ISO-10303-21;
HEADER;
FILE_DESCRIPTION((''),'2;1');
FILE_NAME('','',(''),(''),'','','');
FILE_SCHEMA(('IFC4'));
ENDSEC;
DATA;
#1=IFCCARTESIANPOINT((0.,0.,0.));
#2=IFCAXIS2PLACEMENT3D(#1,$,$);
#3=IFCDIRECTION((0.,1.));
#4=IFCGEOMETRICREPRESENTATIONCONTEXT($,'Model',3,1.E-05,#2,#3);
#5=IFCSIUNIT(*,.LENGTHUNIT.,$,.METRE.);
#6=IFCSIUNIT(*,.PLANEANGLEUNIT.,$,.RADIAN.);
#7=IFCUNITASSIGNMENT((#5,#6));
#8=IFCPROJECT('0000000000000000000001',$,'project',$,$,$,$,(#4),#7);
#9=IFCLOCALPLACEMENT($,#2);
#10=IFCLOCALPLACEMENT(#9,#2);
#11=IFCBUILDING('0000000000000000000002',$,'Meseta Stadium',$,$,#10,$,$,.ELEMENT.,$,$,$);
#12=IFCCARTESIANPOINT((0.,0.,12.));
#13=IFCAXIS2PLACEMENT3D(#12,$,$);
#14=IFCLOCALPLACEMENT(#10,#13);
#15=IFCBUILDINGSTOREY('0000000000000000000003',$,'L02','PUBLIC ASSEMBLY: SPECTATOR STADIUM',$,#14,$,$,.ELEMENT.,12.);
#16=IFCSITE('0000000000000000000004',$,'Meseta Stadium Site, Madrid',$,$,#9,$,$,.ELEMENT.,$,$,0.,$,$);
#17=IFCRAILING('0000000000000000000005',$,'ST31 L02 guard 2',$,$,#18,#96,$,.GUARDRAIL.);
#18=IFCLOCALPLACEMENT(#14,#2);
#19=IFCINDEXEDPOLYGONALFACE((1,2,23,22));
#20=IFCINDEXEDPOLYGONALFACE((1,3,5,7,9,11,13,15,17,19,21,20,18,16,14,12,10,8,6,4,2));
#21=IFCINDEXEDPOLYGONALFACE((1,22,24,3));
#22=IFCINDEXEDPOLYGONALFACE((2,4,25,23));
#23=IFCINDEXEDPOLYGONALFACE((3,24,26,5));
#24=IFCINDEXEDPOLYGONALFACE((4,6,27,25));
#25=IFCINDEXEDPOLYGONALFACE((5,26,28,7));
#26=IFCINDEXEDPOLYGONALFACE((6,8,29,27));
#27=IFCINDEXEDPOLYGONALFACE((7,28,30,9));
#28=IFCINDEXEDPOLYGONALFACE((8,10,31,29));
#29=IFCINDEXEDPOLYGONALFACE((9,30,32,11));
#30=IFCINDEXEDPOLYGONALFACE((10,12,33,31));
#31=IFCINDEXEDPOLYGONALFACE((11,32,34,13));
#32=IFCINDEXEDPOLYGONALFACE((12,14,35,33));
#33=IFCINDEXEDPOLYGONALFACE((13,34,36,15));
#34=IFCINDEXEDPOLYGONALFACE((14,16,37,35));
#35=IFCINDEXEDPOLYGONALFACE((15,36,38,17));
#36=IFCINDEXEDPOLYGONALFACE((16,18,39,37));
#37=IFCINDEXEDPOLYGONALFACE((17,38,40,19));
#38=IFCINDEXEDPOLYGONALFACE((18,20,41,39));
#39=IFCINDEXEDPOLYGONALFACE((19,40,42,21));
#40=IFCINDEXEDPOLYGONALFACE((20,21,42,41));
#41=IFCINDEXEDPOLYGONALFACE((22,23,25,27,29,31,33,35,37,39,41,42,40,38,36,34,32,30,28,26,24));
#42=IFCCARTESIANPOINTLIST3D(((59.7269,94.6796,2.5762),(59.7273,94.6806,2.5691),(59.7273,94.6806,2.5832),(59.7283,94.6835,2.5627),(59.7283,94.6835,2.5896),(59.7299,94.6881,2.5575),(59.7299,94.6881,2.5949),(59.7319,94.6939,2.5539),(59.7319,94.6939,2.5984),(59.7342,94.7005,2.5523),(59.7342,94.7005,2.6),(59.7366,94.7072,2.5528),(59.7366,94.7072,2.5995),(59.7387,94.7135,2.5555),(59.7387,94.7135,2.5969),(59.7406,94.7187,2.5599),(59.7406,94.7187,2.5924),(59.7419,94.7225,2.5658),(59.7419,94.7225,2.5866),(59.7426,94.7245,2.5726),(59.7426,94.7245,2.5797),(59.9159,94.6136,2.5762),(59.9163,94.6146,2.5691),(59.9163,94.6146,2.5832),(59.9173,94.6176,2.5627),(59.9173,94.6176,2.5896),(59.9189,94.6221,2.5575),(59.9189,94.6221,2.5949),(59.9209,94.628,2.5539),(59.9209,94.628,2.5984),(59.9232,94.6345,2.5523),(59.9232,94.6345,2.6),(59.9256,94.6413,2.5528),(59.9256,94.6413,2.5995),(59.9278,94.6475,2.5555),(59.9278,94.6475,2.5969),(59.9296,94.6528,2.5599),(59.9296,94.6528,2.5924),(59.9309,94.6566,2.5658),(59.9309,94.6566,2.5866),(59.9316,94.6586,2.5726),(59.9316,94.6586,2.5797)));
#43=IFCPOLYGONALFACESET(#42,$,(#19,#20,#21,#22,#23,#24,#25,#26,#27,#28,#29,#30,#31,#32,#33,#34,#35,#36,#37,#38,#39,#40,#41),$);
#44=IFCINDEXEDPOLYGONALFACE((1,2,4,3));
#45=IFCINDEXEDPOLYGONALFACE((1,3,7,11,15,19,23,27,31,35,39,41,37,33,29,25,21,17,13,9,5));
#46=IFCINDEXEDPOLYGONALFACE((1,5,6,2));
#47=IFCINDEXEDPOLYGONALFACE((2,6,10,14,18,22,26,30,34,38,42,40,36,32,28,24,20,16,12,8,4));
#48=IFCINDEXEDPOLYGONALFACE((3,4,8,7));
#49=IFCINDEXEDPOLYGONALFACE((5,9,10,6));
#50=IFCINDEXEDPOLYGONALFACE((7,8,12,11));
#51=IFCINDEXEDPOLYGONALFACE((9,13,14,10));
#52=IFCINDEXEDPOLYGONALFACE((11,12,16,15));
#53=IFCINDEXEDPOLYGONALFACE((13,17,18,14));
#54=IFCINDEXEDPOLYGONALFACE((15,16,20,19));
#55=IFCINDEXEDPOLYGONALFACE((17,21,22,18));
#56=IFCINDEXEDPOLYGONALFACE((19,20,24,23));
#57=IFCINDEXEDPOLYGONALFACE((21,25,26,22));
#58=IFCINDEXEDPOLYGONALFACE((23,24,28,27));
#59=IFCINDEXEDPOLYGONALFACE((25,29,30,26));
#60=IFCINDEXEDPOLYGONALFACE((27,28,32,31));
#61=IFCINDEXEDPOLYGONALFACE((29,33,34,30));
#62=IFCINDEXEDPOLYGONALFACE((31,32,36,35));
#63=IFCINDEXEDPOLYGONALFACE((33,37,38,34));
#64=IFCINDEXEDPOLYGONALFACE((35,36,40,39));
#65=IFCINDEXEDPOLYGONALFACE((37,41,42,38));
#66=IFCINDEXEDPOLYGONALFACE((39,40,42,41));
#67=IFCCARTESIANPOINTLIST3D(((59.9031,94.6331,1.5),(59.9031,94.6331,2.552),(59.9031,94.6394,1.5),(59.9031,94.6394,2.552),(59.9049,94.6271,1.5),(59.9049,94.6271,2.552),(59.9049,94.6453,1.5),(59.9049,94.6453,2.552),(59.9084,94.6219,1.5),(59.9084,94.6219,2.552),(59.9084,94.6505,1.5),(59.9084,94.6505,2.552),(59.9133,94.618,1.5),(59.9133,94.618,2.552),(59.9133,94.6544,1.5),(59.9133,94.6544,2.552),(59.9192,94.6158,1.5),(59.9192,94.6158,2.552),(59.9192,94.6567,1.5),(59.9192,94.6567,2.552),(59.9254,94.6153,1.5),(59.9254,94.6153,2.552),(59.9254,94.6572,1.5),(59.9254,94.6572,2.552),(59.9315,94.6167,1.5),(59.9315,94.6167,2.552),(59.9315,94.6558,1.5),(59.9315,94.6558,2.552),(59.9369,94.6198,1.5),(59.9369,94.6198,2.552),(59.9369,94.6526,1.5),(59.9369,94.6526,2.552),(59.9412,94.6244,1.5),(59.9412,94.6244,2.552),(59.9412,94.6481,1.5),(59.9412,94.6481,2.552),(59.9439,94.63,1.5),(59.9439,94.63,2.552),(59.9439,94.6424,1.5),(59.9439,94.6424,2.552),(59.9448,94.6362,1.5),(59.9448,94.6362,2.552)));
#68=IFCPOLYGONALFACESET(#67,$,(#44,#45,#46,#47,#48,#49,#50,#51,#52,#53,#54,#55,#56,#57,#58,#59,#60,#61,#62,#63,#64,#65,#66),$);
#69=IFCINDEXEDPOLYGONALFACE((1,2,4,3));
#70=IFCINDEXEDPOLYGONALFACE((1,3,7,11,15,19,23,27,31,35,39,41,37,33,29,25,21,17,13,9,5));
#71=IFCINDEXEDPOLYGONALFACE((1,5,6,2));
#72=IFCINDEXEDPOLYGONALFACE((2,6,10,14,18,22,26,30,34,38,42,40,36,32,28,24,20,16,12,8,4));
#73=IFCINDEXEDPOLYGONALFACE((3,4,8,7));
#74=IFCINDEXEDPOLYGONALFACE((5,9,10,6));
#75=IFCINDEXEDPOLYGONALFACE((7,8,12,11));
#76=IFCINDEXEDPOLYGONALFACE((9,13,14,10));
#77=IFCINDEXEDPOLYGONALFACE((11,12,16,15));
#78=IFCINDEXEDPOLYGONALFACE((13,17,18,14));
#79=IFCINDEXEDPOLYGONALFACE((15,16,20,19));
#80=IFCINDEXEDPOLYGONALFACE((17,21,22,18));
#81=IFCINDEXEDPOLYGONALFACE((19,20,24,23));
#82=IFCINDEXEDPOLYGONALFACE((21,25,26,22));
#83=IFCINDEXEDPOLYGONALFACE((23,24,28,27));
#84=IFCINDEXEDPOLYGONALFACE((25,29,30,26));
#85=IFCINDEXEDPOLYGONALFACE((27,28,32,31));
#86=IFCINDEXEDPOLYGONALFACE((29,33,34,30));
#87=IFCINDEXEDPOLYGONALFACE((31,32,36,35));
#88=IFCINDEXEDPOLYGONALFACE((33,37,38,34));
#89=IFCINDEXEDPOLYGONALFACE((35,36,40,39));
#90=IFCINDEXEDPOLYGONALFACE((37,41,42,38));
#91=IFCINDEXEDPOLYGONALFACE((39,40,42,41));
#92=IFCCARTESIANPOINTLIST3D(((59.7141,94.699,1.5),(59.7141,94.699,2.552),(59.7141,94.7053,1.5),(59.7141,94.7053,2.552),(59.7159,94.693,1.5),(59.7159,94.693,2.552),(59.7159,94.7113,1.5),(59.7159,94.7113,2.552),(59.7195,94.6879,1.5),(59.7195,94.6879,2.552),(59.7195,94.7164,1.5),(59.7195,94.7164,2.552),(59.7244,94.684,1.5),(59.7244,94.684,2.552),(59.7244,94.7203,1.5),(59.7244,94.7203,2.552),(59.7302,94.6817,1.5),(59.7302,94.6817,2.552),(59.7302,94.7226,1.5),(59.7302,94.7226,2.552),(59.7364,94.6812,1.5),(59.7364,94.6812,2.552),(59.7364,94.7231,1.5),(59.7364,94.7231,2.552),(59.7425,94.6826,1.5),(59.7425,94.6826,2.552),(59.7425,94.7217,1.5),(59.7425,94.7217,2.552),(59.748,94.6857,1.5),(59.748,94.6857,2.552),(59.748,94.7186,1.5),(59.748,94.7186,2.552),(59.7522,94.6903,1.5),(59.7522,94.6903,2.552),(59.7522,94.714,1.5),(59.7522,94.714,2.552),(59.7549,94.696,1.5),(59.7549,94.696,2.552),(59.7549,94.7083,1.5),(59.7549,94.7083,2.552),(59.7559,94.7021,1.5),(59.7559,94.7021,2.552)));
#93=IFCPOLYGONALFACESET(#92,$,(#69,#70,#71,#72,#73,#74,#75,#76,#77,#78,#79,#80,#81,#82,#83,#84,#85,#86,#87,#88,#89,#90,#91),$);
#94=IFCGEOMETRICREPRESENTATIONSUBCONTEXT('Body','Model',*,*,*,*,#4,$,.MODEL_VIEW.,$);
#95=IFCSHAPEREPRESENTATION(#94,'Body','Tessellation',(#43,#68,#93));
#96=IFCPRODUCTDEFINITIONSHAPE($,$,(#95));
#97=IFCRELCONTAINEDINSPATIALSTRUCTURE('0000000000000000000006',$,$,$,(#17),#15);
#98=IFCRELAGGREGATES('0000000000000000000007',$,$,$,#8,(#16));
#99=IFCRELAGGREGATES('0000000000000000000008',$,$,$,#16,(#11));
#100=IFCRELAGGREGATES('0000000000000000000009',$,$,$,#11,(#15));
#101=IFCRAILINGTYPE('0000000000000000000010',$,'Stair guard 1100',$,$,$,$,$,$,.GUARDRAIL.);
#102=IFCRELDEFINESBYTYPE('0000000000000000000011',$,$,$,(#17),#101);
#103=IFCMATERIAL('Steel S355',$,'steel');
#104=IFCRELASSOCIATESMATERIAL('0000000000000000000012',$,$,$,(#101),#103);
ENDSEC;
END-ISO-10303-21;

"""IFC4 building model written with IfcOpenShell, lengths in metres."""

from ifc_helpers import new_model, si_unit, direction, frame, origin, origin_2d, place, context, subcontext, project, spatial, circle, extrude, material, type_object, element, save


model = new_model("IFC4")

# Units and contexts
model_context = context("Model", 3, precision=1e-05, world=origin(), true_north=direction((0.0, 1.0)))
body_context = subcontext(model_context, "Body", "Model", "MODEL_VIEW")
ifc_project = project(units=[si_unit("LENGTHUNIT", "METRE"), si_unit("PLANEANGLEUNIT", "RADIAN")], contexts=[model_context])

# Site, building, storey
site_placement = place(None, origin())
site = spatial("IfcSite", under=ifc_project, at=site_placement, Name="Meseta Stadium Site, Madrid", CompositionType="ELEMENT", RefElevation=0.0)
building_placement = place(site_placement, origin())
building = spatial("IfcBuilding", under=site, at=building_placement, Name="Meseta Stadium", CompositionType="ELEMENT")
storey_placement = place(building_placement, frame((0.0, 0.0, 12.0)))
storey = spatial("IfcBuildingStorey", under=building, at=storey_placement, Name="L02", Description="PUBLIC ASSEMBLY: SPECTATOR STADIUM", CompositionType="ELEMENT", Elevation=12.0)

# Railing
ifc_material_1 = material(Name="Steel S355", Category="steel")
railing_type_1 = type_object("IfcRailingType", Name="Stair guard 1100", PredefinedType="GUARDRAIL", material=ifc_material_1)
railing_1_placement = place(storey_placement, frame((59.9238, 94.6362, 1.5)))
element("IfcRailing", 1, at=railing_1_placement, inside=storey, type_object=railing_type_1, Name="ST31 L02 guard 2", PredefinedType="GUARDRAIL", context=body_context, shape_type="SweptSolid", body=[
    extrude(circle(Radius=0.0239, at=origin_2d()), frame((0.0, 0.0, 1.0762), z_axis=(-0.9442, 0.329372, 0.0), x_axis=(-0.329372, -0.9442, 0.0)), (0.0, 0.0, 1.0), 0.2002),
    extrude(circle(Radius=0.021, at=origin_2d()), origin(), (0.0, 0.0, 1.0), 1.052),
    extrude(circle(Radius=0.021, at=origin_2d()), frame((-0.189, 0.0659, 0.0)), (0.0, 0.0, 1.0), 1.052),
])

save(model, "model.ifc")
